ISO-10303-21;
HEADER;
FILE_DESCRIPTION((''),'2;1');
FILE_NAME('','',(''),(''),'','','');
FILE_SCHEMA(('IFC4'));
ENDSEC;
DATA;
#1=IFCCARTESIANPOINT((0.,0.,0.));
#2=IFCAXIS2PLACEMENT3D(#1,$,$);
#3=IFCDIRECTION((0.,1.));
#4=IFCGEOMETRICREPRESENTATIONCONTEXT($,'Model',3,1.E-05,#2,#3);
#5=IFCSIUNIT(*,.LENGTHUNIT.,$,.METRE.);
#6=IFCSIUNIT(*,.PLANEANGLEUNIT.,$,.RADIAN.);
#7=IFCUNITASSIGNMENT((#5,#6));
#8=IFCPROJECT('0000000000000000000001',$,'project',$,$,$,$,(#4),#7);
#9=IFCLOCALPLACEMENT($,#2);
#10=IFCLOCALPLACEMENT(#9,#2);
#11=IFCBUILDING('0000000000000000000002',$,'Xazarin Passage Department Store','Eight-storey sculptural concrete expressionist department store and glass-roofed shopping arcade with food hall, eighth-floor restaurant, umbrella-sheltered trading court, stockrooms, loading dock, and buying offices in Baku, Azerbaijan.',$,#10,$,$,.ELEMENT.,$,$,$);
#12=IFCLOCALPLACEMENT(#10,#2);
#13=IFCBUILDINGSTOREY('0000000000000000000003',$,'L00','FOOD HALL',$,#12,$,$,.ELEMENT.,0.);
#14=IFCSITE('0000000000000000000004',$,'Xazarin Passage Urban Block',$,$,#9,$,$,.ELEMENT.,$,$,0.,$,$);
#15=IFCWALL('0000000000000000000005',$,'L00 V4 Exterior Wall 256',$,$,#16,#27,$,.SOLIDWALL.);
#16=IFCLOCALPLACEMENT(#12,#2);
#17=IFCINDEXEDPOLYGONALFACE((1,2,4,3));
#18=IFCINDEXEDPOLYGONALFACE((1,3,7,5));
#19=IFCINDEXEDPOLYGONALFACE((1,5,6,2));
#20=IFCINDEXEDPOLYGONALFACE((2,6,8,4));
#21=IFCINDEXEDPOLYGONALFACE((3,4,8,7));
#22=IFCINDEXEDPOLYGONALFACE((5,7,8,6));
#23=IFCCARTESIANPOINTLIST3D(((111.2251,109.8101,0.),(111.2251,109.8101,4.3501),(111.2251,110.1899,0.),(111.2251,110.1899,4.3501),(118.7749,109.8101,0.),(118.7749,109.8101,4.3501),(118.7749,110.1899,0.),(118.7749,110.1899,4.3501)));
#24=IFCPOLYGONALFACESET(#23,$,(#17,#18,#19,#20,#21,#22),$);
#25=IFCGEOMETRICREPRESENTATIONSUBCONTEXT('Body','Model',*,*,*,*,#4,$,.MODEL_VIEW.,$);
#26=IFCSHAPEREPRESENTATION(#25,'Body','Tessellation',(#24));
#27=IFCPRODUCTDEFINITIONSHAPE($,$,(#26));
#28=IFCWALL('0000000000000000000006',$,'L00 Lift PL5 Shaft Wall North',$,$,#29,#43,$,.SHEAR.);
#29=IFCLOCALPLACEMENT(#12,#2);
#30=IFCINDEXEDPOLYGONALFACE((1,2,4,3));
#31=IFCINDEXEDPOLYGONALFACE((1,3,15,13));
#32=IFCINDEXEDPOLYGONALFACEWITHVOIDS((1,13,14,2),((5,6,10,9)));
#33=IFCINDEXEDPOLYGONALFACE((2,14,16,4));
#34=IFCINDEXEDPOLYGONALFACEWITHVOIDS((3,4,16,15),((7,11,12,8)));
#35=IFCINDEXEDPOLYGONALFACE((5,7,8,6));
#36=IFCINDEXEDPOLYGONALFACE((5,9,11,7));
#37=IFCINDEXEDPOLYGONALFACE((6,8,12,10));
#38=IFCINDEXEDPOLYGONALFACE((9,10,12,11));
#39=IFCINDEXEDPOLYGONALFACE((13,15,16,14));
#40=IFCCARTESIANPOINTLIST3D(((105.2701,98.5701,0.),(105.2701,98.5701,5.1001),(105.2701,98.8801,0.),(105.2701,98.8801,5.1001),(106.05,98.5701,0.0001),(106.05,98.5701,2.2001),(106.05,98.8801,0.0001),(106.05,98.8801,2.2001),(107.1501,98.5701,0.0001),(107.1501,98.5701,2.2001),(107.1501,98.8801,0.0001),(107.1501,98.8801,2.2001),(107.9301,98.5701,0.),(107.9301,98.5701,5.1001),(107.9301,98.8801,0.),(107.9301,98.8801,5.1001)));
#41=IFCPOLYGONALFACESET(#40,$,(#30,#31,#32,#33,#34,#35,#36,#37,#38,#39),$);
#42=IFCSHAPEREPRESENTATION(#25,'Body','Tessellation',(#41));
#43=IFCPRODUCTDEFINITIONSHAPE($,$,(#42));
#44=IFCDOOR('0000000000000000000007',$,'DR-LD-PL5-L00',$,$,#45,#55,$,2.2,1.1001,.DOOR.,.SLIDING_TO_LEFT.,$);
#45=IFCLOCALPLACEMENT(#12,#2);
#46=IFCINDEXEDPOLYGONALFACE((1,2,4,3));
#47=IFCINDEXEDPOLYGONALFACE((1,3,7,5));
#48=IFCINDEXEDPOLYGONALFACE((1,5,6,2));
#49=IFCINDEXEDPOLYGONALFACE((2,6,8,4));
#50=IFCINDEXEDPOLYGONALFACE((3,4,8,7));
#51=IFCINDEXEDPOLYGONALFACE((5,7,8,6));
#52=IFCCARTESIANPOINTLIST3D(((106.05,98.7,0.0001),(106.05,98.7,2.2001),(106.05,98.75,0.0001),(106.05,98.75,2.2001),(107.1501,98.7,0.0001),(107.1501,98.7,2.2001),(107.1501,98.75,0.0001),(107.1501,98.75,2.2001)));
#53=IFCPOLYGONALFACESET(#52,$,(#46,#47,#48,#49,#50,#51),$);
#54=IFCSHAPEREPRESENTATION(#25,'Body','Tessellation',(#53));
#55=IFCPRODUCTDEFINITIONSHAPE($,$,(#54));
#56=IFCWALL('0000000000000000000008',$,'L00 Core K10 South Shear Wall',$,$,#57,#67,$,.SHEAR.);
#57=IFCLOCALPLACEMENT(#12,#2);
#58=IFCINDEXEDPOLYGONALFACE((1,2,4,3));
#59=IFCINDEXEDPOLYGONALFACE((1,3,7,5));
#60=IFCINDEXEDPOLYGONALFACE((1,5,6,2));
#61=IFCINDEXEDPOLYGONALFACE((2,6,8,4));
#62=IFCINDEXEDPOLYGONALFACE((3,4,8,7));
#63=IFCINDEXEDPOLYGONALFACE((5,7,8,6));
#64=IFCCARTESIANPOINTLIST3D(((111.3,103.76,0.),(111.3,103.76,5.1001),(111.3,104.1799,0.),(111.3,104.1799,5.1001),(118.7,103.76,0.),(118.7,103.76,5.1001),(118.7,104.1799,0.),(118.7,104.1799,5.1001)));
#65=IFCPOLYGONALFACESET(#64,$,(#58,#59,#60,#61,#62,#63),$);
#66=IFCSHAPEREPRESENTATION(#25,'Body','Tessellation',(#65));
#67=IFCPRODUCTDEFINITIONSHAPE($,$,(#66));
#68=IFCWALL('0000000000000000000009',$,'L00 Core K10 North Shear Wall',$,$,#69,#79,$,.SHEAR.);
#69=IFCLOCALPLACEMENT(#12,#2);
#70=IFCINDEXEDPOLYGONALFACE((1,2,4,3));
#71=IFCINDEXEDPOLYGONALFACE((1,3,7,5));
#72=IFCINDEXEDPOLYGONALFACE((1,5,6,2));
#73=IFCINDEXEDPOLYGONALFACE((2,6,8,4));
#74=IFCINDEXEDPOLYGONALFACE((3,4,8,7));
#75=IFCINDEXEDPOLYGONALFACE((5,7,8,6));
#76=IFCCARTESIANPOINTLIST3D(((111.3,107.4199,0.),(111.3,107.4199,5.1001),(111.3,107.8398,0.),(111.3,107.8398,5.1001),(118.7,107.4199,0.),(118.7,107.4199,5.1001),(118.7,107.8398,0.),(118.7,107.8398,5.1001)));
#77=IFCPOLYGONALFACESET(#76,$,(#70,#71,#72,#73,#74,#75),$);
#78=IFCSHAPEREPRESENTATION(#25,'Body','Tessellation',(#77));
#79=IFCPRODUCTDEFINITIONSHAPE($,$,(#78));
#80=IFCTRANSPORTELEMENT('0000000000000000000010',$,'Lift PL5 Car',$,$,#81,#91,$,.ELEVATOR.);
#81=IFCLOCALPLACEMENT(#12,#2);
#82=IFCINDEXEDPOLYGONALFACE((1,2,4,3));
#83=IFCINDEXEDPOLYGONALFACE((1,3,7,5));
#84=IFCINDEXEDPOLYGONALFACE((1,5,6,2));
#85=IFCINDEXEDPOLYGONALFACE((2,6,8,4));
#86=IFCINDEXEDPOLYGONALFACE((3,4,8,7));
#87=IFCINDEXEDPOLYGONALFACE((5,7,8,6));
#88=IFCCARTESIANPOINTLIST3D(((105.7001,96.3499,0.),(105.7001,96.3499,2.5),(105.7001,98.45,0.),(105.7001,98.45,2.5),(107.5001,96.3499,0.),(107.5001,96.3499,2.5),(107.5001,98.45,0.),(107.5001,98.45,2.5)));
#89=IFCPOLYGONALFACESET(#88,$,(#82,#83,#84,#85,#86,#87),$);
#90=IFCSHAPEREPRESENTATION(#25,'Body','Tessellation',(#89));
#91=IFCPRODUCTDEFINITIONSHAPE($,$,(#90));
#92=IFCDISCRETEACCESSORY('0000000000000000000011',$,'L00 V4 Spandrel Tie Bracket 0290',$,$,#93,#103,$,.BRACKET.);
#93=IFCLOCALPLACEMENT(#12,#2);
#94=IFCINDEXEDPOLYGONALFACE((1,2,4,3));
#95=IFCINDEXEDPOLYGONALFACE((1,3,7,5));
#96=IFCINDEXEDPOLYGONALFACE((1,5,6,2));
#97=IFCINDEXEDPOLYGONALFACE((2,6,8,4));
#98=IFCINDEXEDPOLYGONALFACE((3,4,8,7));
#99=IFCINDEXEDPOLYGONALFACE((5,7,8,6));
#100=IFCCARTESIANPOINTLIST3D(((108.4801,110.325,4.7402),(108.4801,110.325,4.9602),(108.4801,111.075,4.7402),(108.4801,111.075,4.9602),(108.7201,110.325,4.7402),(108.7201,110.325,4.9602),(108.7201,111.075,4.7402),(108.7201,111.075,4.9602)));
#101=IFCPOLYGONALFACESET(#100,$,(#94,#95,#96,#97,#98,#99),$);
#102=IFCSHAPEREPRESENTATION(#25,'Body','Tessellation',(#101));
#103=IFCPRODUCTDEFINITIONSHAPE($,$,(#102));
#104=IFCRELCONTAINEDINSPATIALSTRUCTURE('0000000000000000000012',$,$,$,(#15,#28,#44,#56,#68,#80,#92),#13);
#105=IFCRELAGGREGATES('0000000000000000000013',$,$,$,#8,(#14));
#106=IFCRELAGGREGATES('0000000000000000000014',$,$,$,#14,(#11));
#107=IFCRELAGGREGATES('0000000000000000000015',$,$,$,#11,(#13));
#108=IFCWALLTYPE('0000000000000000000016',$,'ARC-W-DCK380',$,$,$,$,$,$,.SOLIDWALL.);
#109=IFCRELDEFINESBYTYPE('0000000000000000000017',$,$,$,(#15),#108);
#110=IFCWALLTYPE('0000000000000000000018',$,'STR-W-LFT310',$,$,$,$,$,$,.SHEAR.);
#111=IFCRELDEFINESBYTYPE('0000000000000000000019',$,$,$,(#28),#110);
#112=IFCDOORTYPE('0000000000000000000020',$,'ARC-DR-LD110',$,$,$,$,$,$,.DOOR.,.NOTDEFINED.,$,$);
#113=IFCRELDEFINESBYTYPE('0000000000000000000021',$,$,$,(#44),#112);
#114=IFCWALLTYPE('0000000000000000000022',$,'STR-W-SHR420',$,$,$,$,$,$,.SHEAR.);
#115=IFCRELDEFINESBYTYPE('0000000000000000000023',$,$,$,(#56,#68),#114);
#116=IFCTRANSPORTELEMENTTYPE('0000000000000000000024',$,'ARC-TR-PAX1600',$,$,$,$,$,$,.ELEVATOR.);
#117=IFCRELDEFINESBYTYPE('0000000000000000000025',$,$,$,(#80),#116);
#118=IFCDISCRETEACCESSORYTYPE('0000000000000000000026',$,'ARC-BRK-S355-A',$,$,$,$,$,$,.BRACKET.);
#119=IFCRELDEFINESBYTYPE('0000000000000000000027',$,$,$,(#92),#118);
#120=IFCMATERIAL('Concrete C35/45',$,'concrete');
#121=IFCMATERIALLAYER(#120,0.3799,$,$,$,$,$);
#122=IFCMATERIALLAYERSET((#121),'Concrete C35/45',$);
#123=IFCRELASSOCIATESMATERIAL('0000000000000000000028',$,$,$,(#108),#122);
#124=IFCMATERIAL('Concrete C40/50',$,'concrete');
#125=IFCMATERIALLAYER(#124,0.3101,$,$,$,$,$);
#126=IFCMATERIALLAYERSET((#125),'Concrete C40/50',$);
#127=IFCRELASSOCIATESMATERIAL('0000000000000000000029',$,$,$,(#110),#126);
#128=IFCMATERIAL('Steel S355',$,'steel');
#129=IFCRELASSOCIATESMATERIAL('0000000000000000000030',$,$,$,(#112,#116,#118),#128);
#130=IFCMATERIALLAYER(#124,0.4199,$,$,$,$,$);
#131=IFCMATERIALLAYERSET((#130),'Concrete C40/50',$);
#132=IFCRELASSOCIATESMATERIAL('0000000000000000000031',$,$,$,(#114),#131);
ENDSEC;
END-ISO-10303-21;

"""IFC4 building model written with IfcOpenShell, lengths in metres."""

from ifc_helpers import new_model, si_unit, direction, frame, frame_2d, origin, origin_2d, place, context, subcontext, project, spatial, rectangle, extrude, material, layer, layer_set, type_object, element, fill, save


model = new_model("IFC4")

# Units and contexts
model_context = context("Model", 3, precision=1e-05, world=origin(), true_north=direction((0.0, 1.0)))
body_context = subcontext(model_context, "Body", "Model", "MODEL_VIEW")
ifc_project = project(units=[si_unit("LENGTHUNIT", "METRE"), si_unit("PLANEANGLEUNIT", "RADIAN")], contexts=[model_context])

# Site, building, storey
site_placement = place(None, origin())
site = spatial("IfcSite", under=ifc_project, at=site_placement, Name="Xazarin Passage Urban Block", CompositionType="ELEMENT", RefElevation=0.0)
building_placement = place(site_placement, origin())
building = spatial("IfcBuilding", under=site, at=building_placement, Name="Xazarin Passage Department Store", Description="Eight-storey sculptural concrete expressionist department store and glass-roofed shopping arcade with food hall, eighth-floor restaurant, umbrella-sheltered trading court, stockrooms, loading dock, and buying offices in Baku, Azerbaijan.", CompositionType="ELEMENT")
storey_placement = place(building_placement, origin())
storey = spatial("IfcBuildingStorey", under=building, at=storey_placement, Name="L00", Description="FOOD HALL", CompositionType="ELEMENT", Elevation=0.0)

# Shared definitions
ifc_material_1 = material(Name="Concrete C35/45", Category="concrete")

# Shared definitions
ifc_material_2 = material(Name="Concrete C40/50", Category="concrete")

# Wall
ifc_layer_1 = layer(ifc_material_1, 0.3799)
ifc_layer_set_1 = layer_set([ifc_layer_1], Name="Concrete C35/45")
wall_type_1 = type_object("IfcWallType", Name="ARC-W-DCK380", PredefinedType="SOLIDWALL", material=ifc_layer_set_1)
wall_1_placement = place(storey_placement, frame((111.2251, 110.0, 0.0), z_axis=(0.0, 0.0, 1.0), x_axis=(1.0, 0.0, 0.0)))
element("IfcWall", 1, at=wall_1_placement, inside=storey, type_object=wall_type_1, Name="L00 V4 Exterior Wall 256", PredefinedType="SOLIDWALL", context=body_context, shape_type="SweptSolid", body=[
    extrude(rectangle(XDim=7.5498, YDim=0.3799, at=frame_2d((3.7749, 0.0))), origin(), (0.0, 0.0, 1.0), 4.3501),
])

# Wall, opening, door
ifc_layer_2 = layer(ifc_material_2, 0.3101)
ifc_layer_set_2 = layer_set([ifc_layer_2], Name="Concrete C40/50")
wall_type_2 = type_object("IfcWallType", Name="STR-W-LFT310", PredefinedType="SHEAR", material=ifc_layer_set_2)
wall_2_placement = place(storey_placement, frame((105.27, 98.7251, 0.0), z_axis=(0.0, 0.0, 1.0), x_axis=(1.0, 0.0, 0.0)))
wall_2 = element("IfcWall", 2, at=wall_2_placement, inside=storey, type_object=wall_type_2, Name="L00 Lift PL5 Shaft Wall North", PredefinedType="SHEAR", context=body_context, shape_type="SweptSolid", body=[
    extrude(rectangle(XDim=2.6599, YDim=0.3101, at=frame_2d((1.3301, 0.0))), origin(), (0.0, 0.0, 1.0), 5.1001),
])
opening_1_placement = place(wall_2_placement, frame((0.78, 0.0, 0.0)))
opening_1 = element("IfcOpeningElement", 3, at=opening_1_placement, cuts=wall_2, PredefinedType="OPENING", context=body_context, shape_type="SweptSolid", body=[
    extrude(rectangle(XDim=1.1001, YDim=2.2, at=frame_2d((0.55, 1.1001))), frame((0.0, 0.165, 0.0), z_axis=(0.0, -1.0, 0.0), x_axis=(1.0, 0.0, 0.0)), (0.0, 0.0, 1.0), 0.3301),
])
ifc_material_3 = material(Name="Steel S355", Category="steel")
door_type_1 = type_object("IfcDoorType", Name="ARC-DR-LD110", OperationType="NOTDEFINED", PredefinedType="DOOR", material=ifc_material_3)
door_1_placement = place(opening_1_placement, origin())
door_1 = element("IfcDoor", 4, at=door_1_placement, inside=storey, type_object=door_type_1, Name="DR-LD-PL5-L00", OperationType="SLIDING_TO_LEFT", OverallHeight=2.2, OverallWidth=1.1001, PredefinedType="DOOR", context=body_context, shape_type="SweptSolid", body=[
    extrude(rectangle(XDim=1.1001, YDim=2.2, at=frame_2d((0.55, 1.1001))), frame((0.0, 0.0249, 0.0), z_axis=(0.0, -1.0, 0.0), x_axis=(1.0, 0.0, 0.0)), (0.0, 0.0, 1.0), 0.05),
])
fill(opening_1, door_1)
ifc_layer_3 = layer(ifc_material_2, 0.4199)
ifc_layer_set_3 = layer_set([ifc_layer_3], Name="Concrete C40/50")
wall_type_3 = type_object("IfcWallType", Name="STR-W-SHR420", PredefinedType="SHEAR", material=ifc_layer_set_3)

# Walls
for number, where, z_axis, x_axis, name in (
    (5, (111.3, 103.97, 0.0), (0.0, 0.0, 1.0), (1.0, 0.0, 0.0), "L00 Core K10 South Shear Wall"),
    (6, (111.3, 107.6299, 0.0), (0.0, 0.0, 1.0), (1.0, 0.0, 0.0), "L00 Core K10 North Shear Wall"),
):
    element("IfcWall", number, at=place(storey_placement, frame(where, z_axis=z_axis, x_axis=x_axis)), inside=storey, type_object=wall_type_3, Name=name, PredefinedType="SHEAR", context=body_context, shape_type="SweptSolid", body=[
        extrude(rectangle(XDim=7.3999, YDim=0.4199, at=frame_2d((3.7, 0.0))), origin(), (0.0, 0.0, 1.0), 5.1001),
    ])

# Transport element
transport_element_type = type_object("IfcTransportElementType", Name="ARC-TR-PAX1600", PredefinedType="ELEVATOR", material=ifc_material_3)
transport_element_placement = place(storey_placement, frame((106.6001, 97.3999, 0.0), z_axis=(0.0, 0.0, 1.0), x_axis=(1.0, 0.0, 0.0)))
element("IfcTransportElement", 7, at=transport_element_placement, inside=storey, type_object=transport_element_type, Name="Lift PL5 Car", PredefinedType="ELEVATOR", context=body_context, shape_type="SweptSolid", body=[
    extrude(rectangle(XDim=1.8, YDim=2.1001, at=origin_2d()), origin(), (0.0, 0.0, 1.0), 2.5),
])

# Discrete accessory
discrete_accessory_type = type_object("IfcDiscreteAccessoryType", Name="ARC-BRK-S355-A", PredefinedType="BRACKET", material=ifc_material_3)
discrete_accessory_placement = place(storey_placement, frame((108.6001, 110.7, 4.7402), z_axis=(0.0, 0.0, 1.0), x_axis=(1.0, 0.0, 0.0)))
element("IfcDiscreteAccessory", 8, at=discrete_accessory_placement, inside=storey, type_object=discrete_accessory_type, Name="L00 V4 Spandrel Tie Bracket 0290", PredefinedType="BRACKET", context=body_context, shape_type="SweptSolid", body=[
    extrude(rectangle(XDim=0.24, YDim=0.75, at=origin_2d()), origin(), (0.0, 0.0, 1.0), 0.22),
])

save(model, "model.ifc")
